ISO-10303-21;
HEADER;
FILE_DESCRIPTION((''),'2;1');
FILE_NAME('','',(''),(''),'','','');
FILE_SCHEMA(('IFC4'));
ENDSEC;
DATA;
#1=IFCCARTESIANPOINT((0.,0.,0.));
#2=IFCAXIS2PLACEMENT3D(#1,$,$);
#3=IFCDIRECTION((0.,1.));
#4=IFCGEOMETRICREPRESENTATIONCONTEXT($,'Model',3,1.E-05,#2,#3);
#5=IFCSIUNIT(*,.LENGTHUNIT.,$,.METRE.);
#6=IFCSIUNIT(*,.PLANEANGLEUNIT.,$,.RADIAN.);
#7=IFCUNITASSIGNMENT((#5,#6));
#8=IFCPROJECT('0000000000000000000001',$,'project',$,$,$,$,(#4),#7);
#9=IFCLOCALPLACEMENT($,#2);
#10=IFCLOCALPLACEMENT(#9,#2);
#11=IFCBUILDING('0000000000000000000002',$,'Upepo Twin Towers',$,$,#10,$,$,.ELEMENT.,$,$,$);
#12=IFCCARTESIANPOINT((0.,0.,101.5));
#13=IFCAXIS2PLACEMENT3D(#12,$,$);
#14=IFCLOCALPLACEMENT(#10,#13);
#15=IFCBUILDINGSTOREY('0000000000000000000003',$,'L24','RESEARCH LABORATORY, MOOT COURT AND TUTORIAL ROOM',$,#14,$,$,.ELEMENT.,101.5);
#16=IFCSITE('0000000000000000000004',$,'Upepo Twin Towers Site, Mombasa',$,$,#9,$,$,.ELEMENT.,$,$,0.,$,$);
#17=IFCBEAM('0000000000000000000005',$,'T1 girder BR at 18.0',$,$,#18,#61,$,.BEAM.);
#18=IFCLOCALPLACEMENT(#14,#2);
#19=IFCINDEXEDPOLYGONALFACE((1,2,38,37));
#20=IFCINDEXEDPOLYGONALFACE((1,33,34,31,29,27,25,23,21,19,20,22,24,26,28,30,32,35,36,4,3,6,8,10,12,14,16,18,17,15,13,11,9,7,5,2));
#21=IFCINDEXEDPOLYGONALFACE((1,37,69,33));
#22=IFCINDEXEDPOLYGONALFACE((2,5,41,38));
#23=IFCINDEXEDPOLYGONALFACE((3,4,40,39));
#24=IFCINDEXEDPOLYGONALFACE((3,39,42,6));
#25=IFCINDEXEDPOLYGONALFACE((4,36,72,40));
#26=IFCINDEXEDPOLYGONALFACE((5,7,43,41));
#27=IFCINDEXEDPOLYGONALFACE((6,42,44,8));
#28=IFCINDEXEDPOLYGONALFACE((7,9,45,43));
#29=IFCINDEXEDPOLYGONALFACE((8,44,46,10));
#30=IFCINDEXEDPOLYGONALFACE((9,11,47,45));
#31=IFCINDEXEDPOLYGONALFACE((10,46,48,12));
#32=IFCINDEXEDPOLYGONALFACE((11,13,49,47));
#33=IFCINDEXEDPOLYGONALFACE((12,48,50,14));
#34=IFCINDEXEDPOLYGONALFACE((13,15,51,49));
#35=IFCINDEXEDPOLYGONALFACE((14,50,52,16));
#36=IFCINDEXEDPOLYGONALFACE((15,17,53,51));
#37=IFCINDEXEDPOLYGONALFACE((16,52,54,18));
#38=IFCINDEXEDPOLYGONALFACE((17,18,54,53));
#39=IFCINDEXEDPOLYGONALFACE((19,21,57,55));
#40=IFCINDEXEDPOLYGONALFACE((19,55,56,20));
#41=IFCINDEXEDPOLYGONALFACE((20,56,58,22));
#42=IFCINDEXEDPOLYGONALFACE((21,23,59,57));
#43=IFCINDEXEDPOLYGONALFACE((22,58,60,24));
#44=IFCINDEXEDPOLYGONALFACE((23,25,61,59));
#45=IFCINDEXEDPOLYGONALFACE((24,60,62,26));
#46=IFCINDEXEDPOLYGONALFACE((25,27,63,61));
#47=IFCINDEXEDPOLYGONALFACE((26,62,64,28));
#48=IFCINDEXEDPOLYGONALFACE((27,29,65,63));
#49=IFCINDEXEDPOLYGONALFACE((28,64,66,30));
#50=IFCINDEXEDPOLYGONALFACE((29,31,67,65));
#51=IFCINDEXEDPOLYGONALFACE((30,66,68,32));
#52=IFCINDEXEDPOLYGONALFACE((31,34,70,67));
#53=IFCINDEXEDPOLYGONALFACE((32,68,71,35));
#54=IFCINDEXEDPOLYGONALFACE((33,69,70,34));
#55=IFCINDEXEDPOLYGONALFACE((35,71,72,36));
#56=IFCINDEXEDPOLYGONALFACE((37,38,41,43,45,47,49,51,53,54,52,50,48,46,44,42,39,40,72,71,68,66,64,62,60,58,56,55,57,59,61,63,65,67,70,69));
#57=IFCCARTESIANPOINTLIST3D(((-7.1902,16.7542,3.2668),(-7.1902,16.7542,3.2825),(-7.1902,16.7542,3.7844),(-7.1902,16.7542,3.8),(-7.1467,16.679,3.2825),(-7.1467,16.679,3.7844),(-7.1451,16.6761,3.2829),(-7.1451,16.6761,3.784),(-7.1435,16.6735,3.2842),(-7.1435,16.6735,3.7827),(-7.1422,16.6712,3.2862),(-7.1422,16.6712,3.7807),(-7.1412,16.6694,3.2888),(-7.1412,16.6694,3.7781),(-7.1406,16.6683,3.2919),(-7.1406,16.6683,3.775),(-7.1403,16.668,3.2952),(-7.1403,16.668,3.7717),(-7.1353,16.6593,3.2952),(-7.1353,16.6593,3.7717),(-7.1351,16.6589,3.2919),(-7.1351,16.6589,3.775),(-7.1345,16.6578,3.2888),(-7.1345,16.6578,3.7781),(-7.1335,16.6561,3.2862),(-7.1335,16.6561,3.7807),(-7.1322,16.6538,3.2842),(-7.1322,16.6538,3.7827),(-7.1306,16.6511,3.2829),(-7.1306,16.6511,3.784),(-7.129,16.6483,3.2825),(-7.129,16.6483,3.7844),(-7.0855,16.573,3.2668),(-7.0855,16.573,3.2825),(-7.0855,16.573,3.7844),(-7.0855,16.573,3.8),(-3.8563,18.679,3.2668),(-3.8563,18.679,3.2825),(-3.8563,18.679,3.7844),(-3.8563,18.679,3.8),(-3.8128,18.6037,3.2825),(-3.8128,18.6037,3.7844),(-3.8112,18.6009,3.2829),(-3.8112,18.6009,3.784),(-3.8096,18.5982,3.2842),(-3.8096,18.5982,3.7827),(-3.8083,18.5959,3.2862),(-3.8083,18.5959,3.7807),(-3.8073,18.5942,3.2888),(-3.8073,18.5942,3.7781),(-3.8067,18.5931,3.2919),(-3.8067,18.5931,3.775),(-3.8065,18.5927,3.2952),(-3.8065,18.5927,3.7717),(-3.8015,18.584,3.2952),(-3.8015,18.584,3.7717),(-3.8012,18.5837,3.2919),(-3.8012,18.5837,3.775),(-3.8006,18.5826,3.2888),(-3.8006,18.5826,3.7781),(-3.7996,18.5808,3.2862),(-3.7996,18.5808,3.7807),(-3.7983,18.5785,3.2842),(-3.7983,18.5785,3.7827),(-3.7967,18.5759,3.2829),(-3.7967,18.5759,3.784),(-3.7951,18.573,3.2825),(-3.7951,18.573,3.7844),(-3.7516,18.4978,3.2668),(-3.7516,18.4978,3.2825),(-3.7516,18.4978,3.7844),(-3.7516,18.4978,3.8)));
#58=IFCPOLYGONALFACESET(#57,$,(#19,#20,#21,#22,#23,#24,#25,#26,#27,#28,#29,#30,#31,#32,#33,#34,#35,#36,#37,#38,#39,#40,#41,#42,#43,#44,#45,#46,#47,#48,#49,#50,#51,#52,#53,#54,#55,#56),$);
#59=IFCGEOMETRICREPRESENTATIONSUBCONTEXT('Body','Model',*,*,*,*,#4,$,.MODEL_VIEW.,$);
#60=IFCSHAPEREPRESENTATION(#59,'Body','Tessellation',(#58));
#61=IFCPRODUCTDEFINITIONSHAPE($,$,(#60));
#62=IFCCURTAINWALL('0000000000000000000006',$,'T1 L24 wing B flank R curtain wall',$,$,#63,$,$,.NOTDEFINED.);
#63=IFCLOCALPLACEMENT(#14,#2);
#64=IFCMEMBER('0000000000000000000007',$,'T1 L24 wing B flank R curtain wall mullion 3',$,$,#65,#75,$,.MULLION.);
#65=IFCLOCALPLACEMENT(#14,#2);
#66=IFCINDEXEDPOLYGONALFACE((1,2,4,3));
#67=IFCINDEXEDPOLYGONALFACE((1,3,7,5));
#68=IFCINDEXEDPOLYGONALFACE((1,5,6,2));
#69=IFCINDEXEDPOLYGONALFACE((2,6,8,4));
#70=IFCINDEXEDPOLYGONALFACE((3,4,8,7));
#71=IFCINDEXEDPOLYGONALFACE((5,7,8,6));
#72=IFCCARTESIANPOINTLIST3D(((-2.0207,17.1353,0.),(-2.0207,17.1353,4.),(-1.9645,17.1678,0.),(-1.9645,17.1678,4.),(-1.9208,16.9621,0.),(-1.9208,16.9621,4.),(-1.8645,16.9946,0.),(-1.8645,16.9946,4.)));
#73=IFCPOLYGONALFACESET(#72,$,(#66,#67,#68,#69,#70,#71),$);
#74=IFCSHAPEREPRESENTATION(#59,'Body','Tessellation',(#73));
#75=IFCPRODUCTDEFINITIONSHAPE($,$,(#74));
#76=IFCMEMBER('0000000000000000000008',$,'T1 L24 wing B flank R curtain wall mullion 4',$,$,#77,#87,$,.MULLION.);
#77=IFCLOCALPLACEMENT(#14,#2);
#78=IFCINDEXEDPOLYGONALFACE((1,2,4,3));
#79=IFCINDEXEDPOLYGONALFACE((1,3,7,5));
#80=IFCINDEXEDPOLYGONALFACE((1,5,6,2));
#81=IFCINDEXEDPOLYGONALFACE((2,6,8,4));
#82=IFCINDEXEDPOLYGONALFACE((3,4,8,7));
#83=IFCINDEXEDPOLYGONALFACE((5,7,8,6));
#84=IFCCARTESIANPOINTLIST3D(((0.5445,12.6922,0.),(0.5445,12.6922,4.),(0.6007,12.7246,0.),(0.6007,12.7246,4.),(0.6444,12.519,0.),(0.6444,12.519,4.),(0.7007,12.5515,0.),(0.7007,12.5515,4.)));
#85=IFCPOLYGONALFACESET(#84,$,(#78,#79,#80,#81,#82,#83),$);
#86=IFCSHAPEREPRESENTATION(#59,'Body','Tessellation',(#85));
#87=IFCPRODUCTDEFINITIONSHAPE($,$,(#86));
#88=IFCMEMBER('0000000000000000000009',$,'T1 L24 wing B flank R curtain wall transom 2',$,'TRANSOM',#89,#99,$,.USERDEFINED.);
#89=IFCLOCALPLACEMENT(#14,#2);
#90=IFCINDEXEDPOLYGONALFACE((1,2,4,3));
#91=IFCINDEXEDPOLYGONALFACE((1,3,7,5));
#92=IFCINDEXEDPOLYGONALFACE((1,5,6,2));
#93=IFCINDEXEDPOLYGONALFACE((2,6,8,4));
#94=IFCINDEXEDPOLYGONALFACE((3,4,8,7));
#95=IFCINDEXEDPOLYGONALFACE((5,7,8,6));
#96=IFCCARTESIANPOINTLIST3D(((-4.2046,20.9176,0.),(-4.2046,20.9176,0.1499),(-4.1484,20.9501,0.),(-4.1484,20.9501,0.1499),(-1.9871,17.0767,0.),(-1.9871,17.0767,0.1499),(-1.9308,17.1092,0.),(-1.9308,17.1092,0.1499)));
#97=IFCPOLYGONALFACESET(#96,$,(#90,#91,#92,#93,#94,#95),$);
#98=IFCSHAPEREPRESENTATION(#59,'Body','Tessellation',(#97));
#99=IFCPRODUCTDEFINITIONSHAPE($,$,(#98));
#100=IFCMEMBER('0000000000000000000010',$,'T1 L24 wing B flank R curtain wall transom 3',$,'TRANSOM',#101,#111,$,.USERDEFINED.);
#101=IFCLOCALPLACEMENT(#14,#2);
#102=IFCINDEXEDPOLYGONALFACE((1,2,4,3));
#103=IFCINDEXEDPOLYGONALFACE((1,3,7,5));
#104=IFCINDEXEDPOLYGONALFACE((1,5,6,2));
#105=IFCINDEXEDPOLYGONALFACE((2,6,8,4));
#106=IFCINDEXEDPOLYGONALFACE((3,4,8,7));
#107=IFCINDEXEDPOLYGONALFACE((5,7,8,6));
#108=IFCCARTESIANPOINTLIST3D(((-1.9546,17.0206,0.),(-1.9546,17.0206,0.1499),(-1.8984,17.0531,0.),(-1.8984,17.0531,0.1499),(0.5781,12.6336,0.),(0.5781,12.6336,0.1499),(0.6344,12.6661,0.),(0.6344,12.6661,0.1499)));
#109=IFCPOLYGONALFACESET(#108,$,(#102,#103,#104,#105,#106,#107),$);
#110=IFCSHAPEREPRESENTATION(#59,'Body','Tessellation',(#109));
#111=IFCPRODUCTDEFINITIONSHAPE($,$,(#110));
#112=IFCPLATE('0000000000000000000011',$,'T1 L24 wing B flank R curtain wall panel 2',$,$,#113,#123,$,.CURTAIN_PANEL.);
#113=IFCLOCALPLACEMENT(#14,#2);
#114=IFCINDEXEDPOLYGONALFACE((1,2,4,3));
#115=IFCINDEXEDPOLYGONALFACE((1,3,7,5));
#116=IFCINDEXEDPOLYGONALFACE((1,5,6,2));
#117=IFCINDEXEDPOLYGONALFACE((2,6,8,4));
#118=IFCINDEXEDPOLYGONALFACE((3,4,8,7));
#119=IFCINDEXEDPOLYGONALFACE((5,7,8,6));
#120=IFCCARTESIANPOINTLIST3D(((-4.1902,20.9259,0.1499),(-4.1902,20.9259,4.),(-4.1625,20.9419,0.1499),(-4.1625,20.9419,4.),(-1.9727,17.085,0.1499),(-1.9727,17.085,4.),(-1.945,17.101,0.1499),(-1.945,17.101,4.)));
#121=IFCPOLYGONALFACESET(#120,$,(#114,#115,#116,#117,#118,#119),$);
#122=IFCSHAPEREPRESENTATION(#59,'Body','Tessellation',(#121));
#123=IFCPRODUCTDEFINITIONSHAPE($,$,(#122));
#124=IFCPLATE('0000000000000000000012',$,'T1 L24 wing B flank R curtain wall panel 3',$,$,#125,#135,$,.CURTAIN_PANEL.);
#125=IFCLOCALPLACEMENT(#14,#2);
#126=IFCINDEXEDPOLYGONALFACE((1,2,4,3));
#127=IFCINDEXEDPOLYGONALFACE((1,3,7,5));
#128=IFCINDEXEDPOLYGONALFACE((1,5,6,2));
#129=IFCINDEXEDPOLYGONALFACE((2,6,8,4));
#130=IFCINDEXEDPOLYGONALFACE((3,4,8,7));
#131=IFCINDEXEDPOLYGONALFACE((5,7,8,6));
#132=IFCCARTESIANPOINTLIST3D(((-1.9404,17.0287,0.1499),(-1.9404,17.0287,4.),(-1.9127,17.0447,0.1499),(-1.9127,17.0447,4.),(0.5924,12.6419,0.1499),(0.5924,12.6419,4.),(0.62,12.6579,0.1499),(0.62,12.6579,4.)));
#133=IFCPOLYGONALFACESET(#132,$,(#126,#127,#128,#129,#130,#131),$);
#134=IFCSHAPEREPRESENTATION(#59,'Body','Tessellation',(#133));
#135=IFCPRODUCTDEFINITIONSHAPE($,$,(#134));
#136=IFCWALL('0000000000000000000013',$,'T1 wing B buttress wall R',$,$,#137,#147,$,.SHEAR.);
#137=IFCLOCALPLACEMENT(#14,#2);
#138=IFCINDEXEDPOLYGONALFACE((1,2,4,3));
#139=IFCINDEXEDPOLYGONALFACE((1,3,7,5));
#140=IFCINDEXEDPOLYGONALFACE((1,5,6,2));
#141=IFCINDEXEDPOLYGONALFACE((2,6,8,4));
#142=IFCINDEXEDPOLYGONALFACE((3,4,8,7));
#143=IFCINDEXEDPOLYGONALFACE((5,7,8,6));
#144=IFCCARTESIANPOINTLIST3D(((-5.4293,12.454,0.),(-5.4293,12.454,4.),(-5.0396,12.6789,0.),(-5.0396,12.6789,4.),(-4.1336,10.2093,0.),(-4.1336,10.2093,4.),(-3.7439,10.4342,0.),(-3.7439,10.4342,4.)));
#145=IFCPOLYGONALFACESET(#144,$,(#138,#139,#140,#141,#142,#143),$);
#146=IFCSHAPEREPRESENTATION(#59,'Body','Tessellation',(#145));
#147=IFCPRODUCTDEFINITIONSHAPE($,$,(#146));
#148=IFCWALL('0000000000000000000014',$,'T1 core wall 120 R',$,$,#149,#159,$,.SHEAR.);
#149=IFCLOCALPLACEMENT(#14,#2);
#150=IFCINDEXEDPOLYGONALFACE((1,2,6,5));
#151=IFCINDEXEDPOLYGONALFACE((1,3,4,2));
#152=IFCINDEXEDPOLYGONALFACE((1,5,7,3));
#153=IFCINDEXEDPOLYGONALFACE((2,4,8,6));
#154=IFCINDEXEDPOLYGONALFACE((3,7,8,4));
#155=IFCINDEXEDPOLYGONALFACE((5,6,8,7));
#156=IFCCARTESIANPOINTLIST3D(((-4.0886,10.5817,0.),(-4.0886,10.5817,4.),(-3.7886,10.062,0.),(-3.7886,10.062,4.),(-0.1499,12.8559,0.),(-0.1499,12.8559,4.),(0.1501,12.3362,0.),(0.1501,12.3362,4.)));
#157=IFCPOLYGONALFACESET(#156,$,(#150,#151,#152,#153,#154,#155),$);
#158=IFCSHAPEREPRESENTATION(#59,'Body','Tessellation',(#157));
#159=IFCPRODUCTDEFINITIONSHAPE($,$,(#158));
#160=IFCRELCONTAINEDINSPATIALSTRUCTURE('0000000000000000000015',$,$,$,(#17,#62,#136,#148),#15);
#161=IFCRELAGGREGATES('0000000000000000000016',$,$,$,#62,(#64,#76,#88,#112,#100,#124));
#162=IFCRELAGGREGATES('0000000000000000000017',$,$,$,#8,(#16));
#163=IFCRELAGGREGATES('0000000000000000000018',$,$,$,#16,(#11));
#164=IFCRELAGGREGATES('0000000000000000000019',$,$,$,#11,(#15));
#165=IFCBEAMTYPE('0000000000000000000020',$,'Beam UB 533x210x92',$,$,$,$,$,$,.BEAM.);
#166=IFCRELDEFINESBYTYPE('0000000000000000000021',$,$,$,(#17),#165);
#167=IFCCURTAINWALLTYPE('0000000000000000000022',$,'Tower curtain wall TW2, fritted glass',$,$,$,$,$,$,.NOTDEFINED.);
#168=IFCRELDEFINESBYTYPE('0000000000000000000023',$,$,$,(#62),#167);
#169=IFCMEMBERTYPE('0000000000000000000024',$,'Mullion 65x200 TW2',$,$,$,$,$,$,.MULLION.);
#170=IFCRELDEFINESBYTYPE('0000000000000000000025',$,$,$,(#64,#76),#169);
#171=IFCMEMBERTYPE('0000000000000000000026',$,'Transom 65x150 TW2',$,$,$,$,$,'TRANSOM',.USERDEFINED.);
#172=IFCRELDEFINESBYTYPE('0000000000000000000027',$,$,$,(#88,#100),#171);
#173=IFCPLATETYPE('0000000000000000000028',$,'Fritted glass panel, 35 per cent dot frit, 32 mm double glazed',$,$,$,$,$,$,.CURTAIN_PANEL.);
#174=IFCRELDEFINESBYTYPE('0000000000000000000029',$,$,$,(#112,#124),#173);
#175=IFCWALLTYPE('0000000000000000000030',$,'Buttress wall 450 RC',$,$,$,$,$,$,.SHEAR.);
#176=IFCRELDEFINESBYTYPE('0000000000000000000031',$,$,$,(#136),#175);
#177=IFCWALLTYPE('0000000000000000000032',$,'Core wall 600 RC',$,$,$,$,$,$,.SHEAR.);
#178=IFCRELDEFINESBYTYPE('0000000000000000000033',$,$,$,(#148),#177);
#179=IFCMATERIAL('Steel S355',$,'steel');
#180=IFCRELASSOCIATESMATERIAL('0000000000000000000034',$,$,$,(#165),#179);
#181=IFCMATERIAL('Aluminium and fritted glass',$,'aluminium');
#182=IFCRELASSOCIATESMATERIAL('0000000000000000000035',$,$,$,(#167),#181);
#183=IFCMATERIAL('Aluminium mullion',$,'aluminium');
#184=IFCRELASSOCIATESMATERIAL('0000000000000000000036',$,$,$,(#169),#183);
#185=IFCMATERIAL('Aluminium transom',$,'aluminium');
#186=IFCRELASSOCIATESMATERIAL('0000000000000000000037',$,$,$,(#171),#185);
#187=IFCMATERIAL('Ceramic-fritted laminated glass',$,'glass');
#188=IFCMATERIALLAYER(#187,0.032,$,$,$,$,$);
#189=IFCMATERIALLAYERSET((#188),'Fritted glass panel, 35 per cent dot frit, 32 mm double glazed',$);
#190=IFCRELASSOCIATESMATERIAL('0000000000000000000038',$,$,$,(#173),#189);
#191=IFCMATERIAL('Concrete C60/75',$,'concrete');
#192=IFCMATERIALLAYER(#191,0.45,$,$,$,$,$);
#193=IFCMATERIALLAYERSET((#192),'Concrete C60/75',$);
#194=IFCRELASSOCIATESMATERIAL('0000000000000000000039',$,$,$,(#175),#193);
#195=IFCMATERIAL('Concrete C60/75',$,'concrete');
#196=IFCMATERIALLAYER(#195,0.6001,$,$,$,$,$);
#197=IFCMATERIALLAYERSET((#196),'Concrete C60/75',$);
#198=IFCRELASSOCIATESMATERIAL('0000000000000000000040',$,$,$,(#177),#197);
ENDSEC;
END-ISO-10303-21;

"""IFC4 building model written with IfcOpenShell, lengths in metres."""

from ifc_helpers import new_model, si_unit, direction, frame, frame_2d, origin, origin_2d, place, context, subcontext, project, spatial, rectangle, i_section, extrude, material, layer, layer_set, material_profile, profile_set, type_object, element, aggregate, save


model = new_model("IFC4")

# Units and contexts
model_context = context("Model", 3, precision=1e-05, world=origin(), true_north=direction((0.0, 1.0)))
body_context = subcontext(model_context, "Body", "Model", "MODEL_VIEW")
ifc_project = project(units=[si_unit("LENGTHUNIT", "METRE"), si_unit("PLANEANGLEUNIT", "RADIAN")], contexts=[model_context])

# Site, building, storey
site_placement = place(None, origin())
site = spatial("IfcSite", under=ifc_project, at=site_placement, Name="Upepo Twin Towers Site, Mombasa", CompositionType="ELEMENT", RefElevation=0.0)
building_placement = place(site_placement, origin())
building = spatial("IfcBuilding", under=site, at=building_placement, Name="Upepo Twin Towers", CompositionType="ELEMENT")
storey_placement = place(building_placement, frame((0.0, 0.0, 101.5)))
storey = spatial("IfcBuildingStorey", under=building, at=storey_placement, Name="L24", Description="RESEARCH LABORATORY, MOOT COURT AND TUTORIAL ROOM", CompositionType="ELEMENT", Elevation=101.5)

# Beam
ifc_material_1 = material(Name="Steel S355", Category="steel")
ifc_material_profile_1 = material_profile(ifc_material_1, i_section(OverallWidth=0.2092, OverallDepth=0.5332, WebThickness=0.01, FlangeThickness=0.0156, FilletRadius=0.0127, at=origin_2d()), Name="UB 533x210x92")
ifc_profile_set_1 = profile_set([ifc_material_profile_1], Name="Steel S355")
beam_type_1 = type_object("IfcBeamType", Name="Beam UB 533x210x92", PredefinedType="BEAM", material=ifc_profile_set_1)
beam_1_placement = place(storey_placement, frame((-3.804, 18.5884, 3.5334), z_axis=(-0.866034, -0.499986, 0.0), x_axis=(0.499986, -0.866034, 0.0)))
element("IfcBeam", 1, at=beam_1_placement, inside=storey, type_object=beam_type_1, Name="T1 girder BR at 18.0", PredefinedType="BEAM", context=body_context, shape_type="SweptSolid", body=[
    extrude(i_section(OverallWidth=0.2092, OverallDepth=0.5332, WebThickness=0.01, FlangeThickness=0.0156, FilletRadius=0.0127, at=origin_2d()), origin(), (0.0, 0.0, 1.0), 3.8496),
])

# Curtain wall, members, plates
ifc_material_2 = material(Name="Aluminium and fritted glass", Category="aluminium")
curtain_wall_type = type_object("IfcCurtainWallType", Name="Tower curtain wall TW2, fritted glass", PredefinedType="NOTDEFINED", material=ifc_material_2)
curtain_wall_placement = place(storey_placement, origin())
curtain_wall = element("IfcCurtainWall", 2, at=curtain_wall_placement, inside=storey, type_object=curtain_wall_type, Name="T1 L24 wing B flank R curtain wall", PredefinedType="NOTDEFINED")
ifc_material_3 = material(Name="Aluminium mullion", Category="aluminium")
ifc_material_profile_2 = material_profile(ifc_material_3, rectangle(XDim=0.0649, YDim=0.2, at=origin_2d()), Name="MULLION 65x200")
ifc_profile_set_2 = profile_set([ifc_material_profile_2], Name="Aluminium mullion")
member_type_1 = type_object("IfcMemberType", Name="Mullion 65x200 TW2", PredefinedType="MULLION", material=ifc_profile_set_2)
member_1_placement = place(storey_placement, frame((-1.9426, 17.0649, 0.0), z_axis=(0.0, 0.0, 1.0), x_axis=(0.866025, 0.5, 0.0)))
member_1 = element("IfcMember", 3, at=member_1_placement, type_object=member_type_1, Name="T1 L24 wing B flank R curtain wall mullion 3", PredefinedType="MULLION", context=body_context, shape_type="SweptSolid", body=[
    extrude(rectangle(XDim=0.0649, YDim=0.2, at=origin_2d()), origin(), (0.0, 0.0, 1.0), 4.0),
])
member_2_placement = place(storey_placement, frame((0.6226, 12.6218, 0.0), z_axis=(0.0, 0.0, 1.0), x_axis=(0.866025, 0.5, 0.0)))
member_2 = element("IfcMember", 4, at=member_2_placement, type_object=member_type_1, Name="T1 L24 wing B flank R curtain wall mullion 4", PredefinedType="MULLION", context=body_context, shape_type="SweptSolid", body=[
    extrude(rectangle(XDim=0.0649, YDim=0.2, at=origin_2d()), origin(), (0.0, 0.0, 1.0), 4.0),
])
ifc_material_4 = material(Name="Aluminium transom", Category="aluminium")
ifc_material_profile_3 = material_profile(ifc_material_4, rectangle(XDim=0.0649, YDim=0.1499, at=origin_2d()), Name="TRANSOM 65x150")
ifc_profile_set_3 = profile_set([ifc_material_profile_3], Name="Aluminium transom")
member_type_2 = type_object("IfcMemberType", Name="Transom 65x150 TW2", ElementType="TRANSOM", PredefinedType="USERDEFINED", material=ifc_profile_set_3)
member_3_placement = place(storey_placement, frame((-4.1765, 20.9338, 0.075), z_axis=(0.500005, -0.866022, 0.0), x_axis=(0.866022, 0.500005, 0.0)))
member_3 = element("IfcMember", 5, at=member_3_placement, type_object=member_type_2, Name="T1 L24 wing B flank R curtain wall transom 2", ObjectType="TRANSOM", PredefinedType="USERDEFINED", context=body_context, shape_type="SweptSolid", body=[
    extrude(rectangle(XDim=0.0649, YDim=0.1499, at=origin_2d()), origin(), (0.0, 0.0, 1.0), 4.4351),
])
member_4_placement = place(storey_placement, frame((-1.9265, 17.0369, 0.075), z_axis=(0.499985, -0.866034, 0.0), x_axis=(0.866034, 0.499985, 0.0)))
member_4 = element("IfcMember", 6, at=member_4_placement, type_object=member_type_2, Name="T1 L24 wing B flank R curtain wall transom 3", ObjectType="TRANSOM", PredefinedType="USERDEFINED", context=body_context, shape_type="SweptSolid", body=[
    extrude(rectangle(XDim=0.0649, YDim=0.1499, at=origin_2d()), origin(), (0.0, 0.0, 1.0), 5.0657),
])
ifc_material_5 = material(Name="Ceramic-fritted laminated glass", Category="glass")
ifc_layer_1 = layer(ifc_material_5, 0.032)
ifc_layer_set_1 = layer_set([ifc_layer_1], Name="Fritted glass panel, 35 per cent dot frit, 32 mm double glazed")
plate_type = type_object("IfcPlateType", Name="Fritted glass panel, 35 per cent dot frit, 32 mm double glazed", PredefinedType="CURTAIN_PANEL", material=ifc_layer_set_1)
plate_1_placement = place(storey_placement, frame((-3.0676, 19.0134, 0.1499), z_axis=(0.0, 0.0, 1.0), x_axis=(0.5, -0.866025, 0.0)))
plate_1 = element("IfcPlate", 7, at=plate_1_placement, type_object=plate_type, Name="T1 L24 wing B flank R curtain wall panel 2", PredefinedType="CURTAIN_PANEL", context=body_context, shape_type="SweptSolid", body=[
    extrude(rectangle(XDim=4.4351, YDim=0.032, at=origin_2d()), origin(), (0.0, 0.0, 1.0), 3.8501),
])
plate_2_placement = place(storey_placement, frame((-0.6602, 14.8433, 0.1499), z_axis=(0.0, 0.0, 1.0), x_axis=(0.5, -0.866025, 0.0)))
plate_2 = element("IfcPlate", 8, at=plate_2_placement, type_object=plate_type, Name="T1 L24 wing B flank R curtain wall panel 3", PredefinedType="CURTAIN_PANEL", context=body_context, shape_type="SweptSolid", body=[
    extrude(rectangle(XDim=5.0654, YDim=0.032, at=origin_2d()), origin(), (0.0, 0.0, 1.0), 3.8501),
])
aggregate(curtain_wall, [member_1, member_2, member_3, plate_1, member_4, plate_2])

# Walls
ifc_material_6 = material(Name="Concrete C60/75", Category="concrete")
ifc_layer_2 = layer(ifc_material_6, 0.45)
ifc_layer_set_2 = layer_set([ifc_layer_2], Name="Concrete C60/75")
wall_type_1 = type_object("IfcWallType", Name="Buttress wall 450 RC", PredefinedType="SHEAR", material=ifc_layer_set_2)
wall_1_placement = place(storey_placement, frame((-3.9387, 10.3218, 0.0), z_axis=(0.0, 0.0, 1.0), x_axis=(-0.499918, 0.866073, 0.0)))
element("IfcWall", 9, at=wall_1_placement, inside=storey, type_object=wall_type_1, Name="T1 wing B buttress wall R", PredefinedType="SHEAR", context=body_context, shape_type="SweptSolid", body=[
    extrude(rectangle(XDim=2.5918, YDim=0.45, at=frame_2d((1.2959, 0.0))), origin(), (0.0, 0.0, 1.0), 4.0),
])
ifc_material_7 = material(Name="Concrete C60/75", Category="concrete")
ifc_layer_3 = layer(ifc_material_7, 0.6001)
ifc_layer_set_3 = layer_set([ifc_layer_3], Name="Concrete C60/75")
wall_type_2 = type_object("IfcWallType", Name="Core wall 600 RC", PredefinedType="SHEAR", material=ifc_layer_set_3)
wall_2_placement = place(storey_placement, frame((0.0, 12.5959, 0.0), z_axis=(0.0, 0.0, 1.0), x_axis=(-0.866011, -0.500024, 0.0)))
element("IfcWall", 10, at=wall_2_placement, inside=storey, type_object=wall_type_2, Name="T1 core wall 120 R", PredefinedType="SHEAR", context=body_context, shape_type="SweptSolid", body=[
    extrude(rectangle(XDim=4.5481, YDim=0.6001, at=frame_2d((2.2739, 0.0))), origin(), (0.0, 0.0, 1.0), 4.0),
])

save(model, "model.ifc")
